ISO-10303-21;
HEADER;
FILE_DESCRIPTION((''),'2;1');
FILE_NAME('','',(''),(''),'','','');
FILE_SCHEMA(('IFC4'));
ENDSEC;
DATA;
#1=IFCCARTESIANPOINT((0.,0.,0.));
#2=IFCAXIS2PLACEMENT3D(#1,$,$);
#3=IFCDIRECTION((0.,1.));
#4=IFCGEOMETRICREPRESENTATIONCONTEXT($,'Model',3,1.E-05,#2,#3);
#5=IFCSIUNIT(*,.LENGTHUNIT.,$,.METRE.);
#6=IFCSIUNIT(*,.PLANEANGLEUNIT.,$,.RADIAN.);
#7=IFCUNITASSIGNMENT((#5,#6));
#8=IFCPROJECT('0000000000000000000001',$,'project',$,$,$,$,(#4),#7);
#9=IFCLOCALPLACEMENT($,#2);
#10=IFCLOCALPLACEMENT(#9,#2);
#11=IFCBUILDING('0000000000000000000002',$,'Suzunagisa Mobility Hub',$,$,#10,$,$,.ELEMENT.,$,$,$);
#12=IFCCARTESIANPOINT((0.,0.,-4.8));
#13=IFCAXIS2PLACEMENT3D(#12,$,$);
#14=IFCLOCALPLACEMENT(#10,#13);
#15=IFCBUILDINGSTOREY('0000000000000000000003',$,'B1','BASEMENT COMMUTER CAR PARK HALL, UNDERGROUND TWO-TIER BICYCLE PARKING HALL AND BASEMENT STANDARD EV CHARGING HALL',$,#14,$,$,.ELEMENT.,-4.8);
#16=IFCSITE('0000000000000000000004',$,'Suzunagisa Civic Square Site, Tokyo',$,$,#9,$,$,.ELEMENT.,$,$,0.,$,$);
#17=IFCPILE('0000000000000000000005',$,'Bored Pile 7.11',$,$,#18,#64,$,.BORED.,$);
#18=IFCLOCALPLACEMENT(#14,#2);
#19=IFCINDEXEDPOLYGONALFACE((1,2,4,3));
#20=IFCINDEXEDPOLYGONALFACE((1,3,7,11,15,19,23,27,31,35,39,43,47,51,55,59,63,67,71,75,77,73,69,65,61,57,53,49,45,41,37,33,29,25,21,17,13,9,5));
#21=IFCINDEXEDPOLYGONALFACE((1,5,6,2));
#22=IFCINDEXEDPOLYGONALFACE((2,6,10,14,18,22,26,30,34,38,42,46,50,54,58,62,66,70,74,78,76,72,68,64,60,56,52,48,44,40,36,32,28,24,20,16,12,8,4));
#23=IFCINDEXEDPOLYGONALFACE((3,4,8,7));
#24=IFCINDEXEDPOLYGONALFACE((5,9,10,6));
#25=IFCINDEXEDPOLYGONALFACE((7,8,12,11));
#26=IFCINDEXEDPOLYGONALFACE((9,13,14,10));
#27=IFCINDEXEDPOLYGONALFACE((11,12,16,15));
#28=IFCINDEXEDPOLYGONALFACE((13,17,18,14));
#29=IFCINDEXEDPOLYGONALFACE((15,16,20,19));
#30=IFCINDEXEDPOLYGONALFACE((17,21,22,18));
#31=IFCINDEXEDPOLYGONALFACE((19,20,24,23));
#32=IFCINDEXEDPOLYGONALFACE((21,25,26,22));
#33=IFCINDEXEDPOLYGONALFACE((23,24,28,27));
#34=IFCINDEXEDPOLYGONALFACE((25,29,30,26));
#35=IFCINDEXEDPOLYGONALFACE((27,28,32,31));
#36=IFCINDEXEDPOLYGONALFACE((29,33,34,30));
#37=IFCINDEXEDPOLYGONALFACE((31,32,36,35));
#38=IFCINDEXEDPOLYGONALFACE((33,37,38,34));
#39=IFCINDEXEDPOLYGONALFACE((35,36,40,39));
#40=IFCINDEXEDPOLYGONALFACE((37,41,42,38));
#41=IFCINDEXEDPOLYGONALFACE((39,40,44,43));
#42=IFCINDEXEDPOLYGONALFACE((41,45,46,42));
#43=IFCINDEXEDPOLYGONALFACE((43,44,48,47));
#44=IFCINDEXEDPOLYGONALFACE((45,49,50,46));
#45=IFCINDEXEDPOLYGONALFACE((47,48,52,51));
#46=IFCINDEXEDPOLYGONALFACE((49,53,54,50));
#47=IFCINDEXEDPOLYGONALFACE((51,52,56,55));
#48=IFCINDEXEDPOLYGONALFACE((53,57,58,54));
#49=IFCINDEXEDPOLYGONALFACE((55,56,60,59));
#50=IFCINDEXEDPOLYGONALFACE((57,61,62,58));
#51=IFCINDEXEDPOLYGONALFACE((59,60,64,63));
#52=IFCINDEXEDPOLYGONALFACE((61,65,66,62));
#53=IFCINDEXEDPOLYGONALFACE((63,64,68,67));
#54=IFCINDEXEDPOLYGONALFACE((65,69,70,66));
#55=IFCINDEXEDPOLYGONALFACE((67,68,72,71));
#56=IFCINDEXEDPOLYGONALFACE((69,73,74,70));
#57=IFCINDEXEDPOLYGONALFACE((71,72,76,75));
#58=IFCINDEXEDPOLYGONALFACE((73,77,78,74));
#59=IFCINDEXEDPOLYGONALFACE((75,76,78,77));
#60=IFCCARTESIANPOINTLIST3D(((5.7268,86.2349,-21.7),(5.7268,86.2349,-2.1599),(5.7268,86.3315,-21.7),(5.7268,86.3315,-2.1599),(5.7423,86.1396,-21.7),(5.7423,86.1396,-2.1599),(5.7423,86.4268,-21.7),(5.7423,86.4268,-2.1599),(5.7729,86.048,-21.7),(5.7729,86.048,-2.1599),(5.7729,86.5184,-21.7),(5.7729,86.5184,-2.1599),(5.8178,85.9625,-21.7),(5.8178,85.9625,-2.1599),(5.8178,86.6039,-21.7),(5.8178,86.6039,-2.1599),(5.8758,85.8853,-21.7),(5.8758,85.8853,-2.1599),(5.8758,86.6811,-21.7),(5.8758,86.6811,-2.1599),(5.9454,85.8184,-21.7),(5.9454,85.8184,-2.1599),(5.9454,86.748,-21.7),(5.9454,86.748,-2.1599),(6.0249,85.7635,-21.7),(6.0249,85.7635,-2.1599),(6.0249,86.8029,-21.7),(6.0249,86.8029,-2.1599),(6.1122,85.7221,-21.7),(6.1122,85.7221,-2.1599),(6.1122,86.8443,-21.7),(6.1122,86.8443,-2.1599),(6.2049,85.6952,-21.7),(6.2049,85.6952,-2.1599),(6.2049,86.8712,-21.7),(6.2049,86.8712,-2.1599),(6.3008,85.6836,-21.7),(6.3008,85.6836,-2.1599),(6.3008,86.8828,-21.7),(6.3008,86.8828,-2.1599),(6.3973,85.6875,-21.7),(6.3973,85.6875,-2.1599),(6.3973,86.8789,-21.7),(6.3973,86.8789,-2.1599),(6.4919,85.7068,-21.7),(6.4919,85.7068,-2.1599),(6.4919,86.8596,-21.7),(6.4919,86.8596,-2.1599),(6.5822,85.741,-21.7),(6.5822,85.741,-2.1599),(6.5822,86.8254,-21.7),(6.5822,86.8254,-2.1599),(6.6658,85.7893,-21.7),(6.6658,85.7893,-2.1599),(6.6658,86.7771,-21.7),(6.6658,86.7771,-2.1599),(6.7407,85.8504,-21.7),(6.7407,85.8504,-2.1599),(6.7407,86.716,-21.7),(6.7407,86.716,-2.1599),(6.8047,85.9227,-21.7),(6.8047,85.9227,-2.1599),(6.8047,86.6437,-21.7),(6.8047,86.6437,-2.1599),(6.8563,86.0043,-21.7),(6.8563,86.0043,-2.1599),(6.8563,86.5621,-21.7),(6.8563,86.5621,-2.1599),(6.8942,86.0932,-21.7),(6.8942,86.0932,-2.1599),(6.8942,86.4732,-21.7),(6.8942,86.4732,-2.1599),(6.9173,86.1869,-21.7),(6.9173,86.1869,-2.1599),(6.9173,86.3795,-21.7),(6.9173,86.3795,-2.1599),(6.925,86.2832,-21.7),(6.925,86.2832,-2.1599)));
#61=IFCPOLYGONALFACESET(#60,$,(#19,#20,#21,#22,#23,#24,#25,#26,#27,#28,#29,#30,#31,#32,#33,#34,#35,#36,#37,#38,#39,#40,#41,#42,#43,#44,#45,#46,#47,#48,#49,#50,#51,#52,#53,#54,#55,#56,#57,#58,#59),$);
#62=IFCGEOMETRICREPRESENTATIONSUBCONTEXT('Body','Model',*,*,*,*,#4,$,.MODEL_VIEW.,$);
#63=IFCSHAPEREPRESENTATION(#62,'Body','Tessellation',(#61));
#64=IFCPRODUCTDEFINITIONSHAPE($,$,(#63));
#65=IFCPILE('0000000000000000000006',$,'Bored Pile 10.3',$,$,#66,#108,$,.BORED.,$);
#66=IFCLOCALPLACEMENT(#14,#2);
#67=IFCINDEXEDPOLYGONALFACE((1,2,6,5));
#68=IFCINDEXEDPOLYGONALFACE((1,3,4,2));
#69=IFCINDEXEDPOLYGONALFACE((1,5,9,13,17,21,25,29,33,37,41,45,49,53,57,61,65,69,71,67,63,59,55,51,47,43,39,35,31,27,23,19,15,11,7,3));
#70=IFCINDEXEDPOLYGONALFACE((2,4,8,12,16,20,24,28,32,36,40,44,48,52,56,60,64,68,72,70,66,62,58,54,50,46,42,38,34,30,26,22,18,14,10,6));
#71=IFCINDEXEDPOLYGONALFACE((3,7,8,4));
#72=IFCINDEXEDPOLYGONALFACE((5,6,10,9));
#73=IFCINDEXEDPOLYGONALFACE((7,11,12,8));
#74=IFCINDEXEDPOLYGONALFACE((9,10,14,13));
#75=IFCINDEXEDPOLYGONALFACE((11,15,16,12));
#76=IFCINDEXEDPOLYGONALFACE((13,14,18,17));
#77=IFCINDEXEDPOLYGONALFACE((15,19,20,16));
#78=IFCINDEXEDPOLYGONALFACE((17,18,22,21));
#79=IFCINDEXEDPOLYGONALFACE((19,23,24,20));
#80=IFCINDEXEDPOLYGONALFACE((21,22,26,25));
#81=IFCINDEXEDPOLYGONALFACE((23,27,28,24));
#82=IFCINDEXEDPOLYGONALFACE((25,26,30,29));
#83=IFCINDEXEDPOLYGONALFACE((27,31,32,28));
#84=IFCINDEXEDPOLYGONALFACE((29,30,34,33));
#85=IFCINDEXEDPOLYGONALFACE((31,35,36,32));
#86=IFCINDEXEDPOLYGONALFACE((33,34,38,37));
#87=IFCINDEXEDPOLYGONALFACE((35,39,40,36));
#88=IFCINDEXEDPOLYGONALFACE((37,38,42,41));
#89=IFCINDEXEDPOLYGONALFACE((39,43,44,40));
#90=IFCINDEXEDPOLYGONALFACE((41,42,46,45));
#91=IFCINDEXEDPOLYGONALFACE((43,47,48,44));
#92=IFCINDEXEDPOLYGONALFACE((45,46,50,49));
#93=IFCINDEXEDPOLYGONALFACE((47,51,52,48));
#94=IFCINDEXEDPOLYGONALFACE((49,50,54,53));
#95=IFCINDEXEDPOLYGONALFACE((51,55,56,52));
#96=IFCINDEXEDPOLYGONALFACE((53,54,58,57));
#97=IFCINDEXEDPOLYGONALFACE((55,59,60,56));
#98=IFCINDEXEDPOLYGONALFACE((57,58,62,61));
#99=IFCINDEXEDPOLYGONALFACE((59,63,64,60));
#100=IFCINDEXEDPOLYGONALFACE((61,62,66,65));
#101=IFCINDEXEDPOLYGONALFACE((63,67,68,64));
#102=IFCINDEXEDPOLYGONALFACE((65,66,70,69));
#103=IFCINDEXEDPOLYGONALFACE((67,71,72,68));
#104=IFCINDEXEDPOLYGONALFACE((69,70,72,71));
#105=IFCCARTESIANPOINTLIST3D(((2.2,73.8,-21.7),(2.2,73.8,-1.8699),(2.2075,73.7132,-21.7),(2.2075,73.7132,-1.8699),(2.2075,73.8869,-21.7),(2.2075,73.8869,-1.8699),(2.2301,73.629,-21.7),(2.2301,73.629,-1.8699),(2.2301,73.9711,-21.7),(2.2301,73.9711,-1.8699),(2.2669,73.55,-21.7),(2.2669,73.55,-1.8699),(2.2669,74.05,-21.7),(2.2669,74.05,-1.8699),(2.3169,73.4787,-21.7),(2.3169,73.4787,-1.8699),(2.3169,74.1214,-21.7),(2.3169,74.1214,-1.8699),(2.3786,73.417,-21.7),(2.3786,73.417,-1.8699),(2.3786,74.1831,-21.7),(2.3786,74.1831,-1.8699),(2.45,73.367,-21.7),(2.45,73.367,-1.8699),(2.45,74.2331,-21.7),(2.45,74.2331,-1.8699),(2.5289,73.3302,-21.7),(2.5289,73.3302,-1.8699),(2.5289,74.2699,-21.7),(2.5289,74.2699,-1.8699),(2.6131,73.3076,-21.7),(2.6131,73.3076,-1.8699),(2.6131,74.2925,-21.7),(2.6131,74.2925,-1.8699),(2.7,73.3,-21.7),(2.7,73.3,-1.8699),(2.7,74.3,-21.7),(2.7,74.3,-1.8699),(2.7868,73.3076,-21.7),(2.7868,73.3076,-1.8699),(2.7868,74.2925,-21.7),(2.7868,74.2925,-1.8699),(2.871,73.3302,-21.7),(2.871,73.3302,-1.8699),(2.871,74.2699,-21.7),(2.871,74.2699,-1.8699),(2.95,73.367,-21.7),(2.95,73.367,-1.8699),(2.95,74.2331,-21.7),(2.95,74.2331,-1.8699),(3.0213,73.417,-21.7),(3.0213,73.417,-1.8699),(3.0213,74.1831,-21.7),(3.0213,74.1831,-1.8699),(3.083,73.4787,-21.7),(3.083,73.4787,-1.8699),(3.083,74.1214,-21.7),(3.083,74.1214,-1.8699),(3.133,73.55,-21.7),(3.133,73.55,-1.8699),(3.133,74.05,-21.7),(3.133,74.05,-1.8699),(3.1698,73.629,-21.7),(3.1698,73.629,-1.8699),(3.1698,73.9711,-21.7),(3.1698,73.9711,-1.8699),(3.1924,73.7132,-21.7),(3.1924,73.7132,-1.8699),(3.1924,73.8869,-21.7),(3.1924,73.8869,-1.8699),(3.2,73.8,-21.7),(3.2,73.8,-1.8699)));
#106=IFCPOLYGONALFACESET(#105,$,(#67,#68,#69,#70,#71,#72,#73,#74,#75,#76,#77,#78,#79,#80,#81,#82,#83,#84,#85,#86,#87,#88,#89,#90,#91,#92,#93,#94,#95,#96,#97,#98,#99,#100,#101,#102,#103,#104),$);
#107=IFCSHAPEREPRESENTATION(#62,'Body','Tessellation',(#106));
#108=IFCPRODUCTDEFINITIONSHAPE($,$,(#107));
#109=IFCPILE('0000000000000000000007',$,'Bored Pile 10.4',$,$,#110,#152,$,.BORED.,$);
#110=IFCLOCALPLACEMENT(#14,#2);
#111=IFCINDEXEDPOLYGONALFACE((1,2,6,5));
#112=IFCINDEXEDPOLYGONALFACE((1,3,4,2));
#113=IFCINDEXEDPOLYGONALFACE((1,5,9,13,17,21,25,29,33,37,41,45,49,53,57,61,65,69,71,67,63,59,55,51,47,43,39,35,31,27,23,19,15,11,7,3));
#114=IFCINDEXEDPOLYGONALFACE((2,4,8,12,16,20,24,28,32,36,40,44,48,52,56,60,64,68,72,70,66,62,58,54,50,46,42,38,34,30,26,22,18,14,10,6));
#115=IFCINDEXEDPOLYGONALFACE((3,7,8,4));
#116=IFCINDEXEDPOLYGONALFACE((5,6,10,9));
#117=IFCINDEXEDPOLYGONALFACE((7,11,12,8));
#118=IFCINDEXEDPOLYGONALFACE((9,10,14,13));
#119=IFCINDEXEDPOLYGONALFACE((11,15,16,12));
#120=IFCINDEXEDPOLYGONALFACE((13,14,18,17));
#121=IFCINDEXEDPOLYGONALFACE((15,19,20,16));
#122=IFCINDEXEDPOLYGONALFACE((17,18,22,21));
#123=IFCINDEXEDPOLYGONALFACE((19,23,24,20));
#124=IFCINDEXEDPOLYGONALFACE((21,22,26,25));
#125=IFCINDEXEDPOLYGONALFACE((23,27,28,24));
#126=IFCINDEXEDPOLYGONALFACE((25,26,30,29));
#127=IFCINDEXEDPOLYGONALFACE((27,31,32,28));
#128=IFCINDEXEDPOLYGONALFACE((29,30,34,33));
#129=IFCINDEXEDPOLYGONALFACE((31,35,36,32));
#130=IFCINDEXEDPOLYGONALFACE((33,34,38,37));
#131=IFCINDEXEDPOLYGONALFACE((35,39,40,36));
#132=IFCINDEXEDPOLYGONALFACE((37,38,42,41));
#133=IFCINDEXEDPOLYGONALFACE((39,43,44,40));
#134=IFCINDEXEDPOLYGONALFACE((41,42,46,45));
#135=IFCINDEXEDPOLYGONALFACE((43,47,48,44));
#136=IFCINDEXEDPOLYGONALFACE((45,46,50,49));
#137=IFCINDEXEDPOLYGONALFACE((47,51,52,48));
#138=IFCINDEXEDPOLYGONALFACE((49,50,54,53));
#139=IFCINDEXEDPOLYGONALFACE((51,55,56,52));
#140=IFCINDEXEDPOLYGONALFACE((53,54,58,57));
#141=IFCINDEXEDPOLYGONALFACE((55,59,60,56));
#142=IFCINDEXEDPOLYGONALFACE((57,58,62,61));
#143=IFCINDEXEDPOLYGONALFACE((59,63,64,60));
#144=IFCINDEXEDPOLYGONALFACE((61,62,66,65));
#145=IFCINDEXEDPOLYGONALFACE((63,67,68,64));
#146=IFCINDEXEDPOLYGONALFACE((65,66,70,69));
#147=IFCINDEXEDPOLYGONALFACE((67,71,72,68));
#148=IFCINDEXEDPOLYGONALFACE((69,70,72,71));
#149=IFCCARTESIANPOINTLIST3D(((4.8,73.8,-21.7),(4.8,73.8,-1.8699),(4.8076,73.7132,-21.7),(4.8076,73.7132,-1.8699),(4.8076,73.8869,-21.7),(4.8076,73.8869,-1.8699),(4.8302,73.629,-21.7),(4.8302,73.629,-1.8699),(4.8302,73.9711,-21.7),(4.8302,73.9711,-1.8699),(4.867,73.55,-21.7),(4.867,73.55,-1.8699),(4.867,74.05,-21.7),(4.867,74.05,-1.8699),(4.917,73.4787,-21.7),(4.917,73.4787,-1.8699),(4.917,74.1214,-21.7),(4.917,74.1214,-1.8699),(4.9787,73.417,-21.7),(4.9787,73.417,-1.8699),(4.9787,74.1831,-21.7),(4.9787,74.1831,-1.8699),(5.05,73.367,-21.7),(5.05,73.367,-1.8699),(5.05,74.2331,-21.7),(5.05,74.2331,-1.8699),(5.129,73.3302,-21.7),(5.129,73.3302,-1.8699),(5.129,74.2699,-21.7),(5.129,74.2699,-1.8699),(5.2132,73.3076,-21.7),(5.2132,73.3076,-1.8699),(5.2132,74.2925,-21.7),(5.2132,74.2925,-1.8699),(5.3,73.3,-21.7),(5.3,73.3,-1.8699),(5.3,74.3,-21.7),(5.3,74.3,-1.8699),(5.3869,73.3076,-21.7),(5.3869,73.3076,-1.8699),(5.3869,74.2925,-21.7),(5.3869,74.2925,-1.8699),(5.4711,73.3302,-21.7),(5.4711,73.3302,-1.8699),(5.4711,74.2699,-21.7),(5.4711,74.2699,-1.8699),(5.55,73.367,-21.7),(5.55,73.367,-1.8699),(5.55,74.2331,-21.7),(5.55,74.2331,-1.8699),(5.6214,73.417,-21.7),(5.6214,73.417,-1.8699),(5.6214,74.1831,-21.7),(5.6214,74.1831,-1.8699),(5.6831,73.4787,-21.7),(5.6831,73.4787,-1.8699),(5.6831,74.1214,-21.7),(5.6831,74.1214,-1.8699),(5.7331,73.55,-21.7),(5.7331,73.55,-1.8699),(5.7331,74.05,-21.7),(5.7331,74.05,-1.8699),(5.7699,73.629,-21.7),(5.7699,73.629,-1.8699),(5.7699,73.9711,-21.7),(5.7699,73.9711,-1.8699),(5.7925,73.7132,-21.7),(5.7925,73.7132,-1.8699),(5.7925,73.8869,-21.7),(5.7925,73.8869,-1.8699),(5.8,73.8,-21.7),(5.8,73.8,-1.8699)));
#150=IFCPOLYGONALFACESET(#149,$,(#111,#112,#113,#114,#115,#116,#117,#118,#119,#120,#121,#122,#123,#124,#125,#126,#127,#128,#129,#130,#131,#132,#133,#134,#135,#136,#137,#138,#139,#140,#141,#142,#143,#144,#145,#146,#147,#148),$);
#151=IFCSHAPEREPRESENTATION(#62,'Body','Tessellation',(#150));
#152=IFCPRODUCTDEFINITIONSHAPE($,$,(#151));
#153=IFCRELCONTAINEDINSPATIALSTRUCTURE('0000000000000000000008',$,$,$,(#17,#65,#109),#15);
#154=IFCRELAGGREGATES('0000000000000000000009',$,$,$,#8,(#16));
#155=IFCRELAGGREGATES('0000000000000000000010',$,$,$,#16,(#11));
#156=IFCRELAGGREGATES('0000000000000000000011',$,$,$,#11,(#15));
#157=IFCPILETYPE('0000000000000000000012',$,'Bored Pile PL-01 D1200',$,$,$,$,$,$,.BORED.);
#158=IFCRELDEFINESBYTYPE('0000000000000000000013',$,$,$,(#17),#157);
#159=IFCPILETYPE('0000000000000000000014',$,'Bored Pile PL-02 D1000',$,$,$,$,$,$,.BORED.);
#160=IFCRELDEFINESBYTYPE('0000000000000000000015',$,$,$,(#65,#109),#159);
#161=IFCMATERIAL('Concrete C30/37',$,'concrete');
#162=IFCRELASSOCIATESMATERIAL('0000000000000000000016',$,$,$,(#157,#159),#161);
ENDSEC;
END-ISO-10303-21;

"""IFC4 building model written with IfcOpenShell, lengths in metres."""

from ifc_helpers import new_model, si_unit, direction, frame, origin, origin_2d, place, context, subcontext, project, spatial, circle, extrude, material, material_profile, profile_set, type_object, element, save


model = new_model("IFC4")

# Units and contexts
model_context = context("Model", 3, precision=1e-05, world=origin(), true_north=direction((0.0, 1.0)))
body_context = subcontext(model_context, "Body", "Model", "MODEL_VIEW")
ifc_project = project(units=[si_unit("LENGTHUNIT", "METRE"), si_unit("PLANEANGLEUNIT", "RADIAN")], contexts=[model_context])

# Site, building, storey
site_placement = place(None, origin())
site = spatial("IfcSite", under=ifc_project, at=site_placement, Name="Suzunagisa Civic Square Site, Tokyo", CompositionType="ELEMENT", RefElevation=0.0)
building_placement = place(site_placement, origin())
building = spatial("IfcBuilding", under=site, at=building_placement, Name="Suzunagisa Mobility Hub", CompositionType="ELEMENT")
storey_placement = place(building_placement, frame((0.0, 0.0, -4.8)))
storey = spatial("IfcBuildingStorey", under=building, at=storey_placement, Name="B1", Description="BASEMENT COMMUTER CAR PARK HALL, UNDERGROUND TWO-TIER BICYCLE PARKING HALL AND BASEMENT STANDARD EV CHARGING HALL", CompositionType="ELEMENT", Elevation=-4.8)

# Piles
ifc_material_1 = material(Name="Concrete C30/37", Category="concrete")
ifc_material_profile_1 = material_profile(ifc_material_1, circle(Radius=0.6001, at=origin_2d()), Name="BORED PILE D1200")
ifc_profile_set_1 = profile_set([ifc_material_profile_1], Name="Concrete C30/37")
pile_type_1 = type_object("IfcPileType", Name="Bored Pile PL-01 D1200", PredefinedType="BORED", material=ifc_profile_set_1)
for number, where, z_axis, x_axis, name in (
    (1, (6.325, 86.2832, -2.1599), (0.0, 0.0, -1.0), (1.0, 0.0, 0.0), "Bored Pile 7.11"),
):
    element("IfcPile", number, at=place(storey_placement, frame(where, z_axis=z_axis, x_axis=x_axis)), inside=storey, type_object=pile_type_1, Name=name, PredefinedType="BORED", context=body_context, shape_type="SweptSolid", body=[
        extrude(circle(Radius=0.6001, at=origin_2d()), origin(), (0.0, 0.0, 1.0), 19.54),
    ])
ifc_material_profile_2 = material_profile(ifc_material_1, circle(Radius=0.5, at=origin_2d()), Name="BORED PILE D1000")
ifc_profile_set_2 = profile_set([ifc_material_profile_2], Name="Concrete C30/37")
pile_type_2 = type_object("IfcPileType", Name="Bored Pile PL-02 D1000", PredefinedType="BORED", material=ifc_profile_set_2)
for number, where, z_axis, x_axis, name in (
    (2, (2.7, 73.8, -1.8699), (0.0, 0.0, -1.0), (1.0, 0.0, 0.0), "Bored Pile 10.3"),
    (3, (5.3, 73.8, -1.8699), (0.0, 0.0, -1.0), (1.0, 0.0, 0.0), "Bored Pile 10.4"),
):
    element("IfcPile", number, at=place(storey_placement, frame(where, z_axis=z_axis, x_axis=x_axis)), inside=storey, type_object=pile_type_2, Name=name, PredefinedType="BORED", context=body_context, shape_type="SweptSolid", body=[
        extrude(circle(Radius=0.5, at=origin_2d()), origin(), (0.0, 0.0, 1.0), 19.8301),
    ])

save(model, "model.ifc")
